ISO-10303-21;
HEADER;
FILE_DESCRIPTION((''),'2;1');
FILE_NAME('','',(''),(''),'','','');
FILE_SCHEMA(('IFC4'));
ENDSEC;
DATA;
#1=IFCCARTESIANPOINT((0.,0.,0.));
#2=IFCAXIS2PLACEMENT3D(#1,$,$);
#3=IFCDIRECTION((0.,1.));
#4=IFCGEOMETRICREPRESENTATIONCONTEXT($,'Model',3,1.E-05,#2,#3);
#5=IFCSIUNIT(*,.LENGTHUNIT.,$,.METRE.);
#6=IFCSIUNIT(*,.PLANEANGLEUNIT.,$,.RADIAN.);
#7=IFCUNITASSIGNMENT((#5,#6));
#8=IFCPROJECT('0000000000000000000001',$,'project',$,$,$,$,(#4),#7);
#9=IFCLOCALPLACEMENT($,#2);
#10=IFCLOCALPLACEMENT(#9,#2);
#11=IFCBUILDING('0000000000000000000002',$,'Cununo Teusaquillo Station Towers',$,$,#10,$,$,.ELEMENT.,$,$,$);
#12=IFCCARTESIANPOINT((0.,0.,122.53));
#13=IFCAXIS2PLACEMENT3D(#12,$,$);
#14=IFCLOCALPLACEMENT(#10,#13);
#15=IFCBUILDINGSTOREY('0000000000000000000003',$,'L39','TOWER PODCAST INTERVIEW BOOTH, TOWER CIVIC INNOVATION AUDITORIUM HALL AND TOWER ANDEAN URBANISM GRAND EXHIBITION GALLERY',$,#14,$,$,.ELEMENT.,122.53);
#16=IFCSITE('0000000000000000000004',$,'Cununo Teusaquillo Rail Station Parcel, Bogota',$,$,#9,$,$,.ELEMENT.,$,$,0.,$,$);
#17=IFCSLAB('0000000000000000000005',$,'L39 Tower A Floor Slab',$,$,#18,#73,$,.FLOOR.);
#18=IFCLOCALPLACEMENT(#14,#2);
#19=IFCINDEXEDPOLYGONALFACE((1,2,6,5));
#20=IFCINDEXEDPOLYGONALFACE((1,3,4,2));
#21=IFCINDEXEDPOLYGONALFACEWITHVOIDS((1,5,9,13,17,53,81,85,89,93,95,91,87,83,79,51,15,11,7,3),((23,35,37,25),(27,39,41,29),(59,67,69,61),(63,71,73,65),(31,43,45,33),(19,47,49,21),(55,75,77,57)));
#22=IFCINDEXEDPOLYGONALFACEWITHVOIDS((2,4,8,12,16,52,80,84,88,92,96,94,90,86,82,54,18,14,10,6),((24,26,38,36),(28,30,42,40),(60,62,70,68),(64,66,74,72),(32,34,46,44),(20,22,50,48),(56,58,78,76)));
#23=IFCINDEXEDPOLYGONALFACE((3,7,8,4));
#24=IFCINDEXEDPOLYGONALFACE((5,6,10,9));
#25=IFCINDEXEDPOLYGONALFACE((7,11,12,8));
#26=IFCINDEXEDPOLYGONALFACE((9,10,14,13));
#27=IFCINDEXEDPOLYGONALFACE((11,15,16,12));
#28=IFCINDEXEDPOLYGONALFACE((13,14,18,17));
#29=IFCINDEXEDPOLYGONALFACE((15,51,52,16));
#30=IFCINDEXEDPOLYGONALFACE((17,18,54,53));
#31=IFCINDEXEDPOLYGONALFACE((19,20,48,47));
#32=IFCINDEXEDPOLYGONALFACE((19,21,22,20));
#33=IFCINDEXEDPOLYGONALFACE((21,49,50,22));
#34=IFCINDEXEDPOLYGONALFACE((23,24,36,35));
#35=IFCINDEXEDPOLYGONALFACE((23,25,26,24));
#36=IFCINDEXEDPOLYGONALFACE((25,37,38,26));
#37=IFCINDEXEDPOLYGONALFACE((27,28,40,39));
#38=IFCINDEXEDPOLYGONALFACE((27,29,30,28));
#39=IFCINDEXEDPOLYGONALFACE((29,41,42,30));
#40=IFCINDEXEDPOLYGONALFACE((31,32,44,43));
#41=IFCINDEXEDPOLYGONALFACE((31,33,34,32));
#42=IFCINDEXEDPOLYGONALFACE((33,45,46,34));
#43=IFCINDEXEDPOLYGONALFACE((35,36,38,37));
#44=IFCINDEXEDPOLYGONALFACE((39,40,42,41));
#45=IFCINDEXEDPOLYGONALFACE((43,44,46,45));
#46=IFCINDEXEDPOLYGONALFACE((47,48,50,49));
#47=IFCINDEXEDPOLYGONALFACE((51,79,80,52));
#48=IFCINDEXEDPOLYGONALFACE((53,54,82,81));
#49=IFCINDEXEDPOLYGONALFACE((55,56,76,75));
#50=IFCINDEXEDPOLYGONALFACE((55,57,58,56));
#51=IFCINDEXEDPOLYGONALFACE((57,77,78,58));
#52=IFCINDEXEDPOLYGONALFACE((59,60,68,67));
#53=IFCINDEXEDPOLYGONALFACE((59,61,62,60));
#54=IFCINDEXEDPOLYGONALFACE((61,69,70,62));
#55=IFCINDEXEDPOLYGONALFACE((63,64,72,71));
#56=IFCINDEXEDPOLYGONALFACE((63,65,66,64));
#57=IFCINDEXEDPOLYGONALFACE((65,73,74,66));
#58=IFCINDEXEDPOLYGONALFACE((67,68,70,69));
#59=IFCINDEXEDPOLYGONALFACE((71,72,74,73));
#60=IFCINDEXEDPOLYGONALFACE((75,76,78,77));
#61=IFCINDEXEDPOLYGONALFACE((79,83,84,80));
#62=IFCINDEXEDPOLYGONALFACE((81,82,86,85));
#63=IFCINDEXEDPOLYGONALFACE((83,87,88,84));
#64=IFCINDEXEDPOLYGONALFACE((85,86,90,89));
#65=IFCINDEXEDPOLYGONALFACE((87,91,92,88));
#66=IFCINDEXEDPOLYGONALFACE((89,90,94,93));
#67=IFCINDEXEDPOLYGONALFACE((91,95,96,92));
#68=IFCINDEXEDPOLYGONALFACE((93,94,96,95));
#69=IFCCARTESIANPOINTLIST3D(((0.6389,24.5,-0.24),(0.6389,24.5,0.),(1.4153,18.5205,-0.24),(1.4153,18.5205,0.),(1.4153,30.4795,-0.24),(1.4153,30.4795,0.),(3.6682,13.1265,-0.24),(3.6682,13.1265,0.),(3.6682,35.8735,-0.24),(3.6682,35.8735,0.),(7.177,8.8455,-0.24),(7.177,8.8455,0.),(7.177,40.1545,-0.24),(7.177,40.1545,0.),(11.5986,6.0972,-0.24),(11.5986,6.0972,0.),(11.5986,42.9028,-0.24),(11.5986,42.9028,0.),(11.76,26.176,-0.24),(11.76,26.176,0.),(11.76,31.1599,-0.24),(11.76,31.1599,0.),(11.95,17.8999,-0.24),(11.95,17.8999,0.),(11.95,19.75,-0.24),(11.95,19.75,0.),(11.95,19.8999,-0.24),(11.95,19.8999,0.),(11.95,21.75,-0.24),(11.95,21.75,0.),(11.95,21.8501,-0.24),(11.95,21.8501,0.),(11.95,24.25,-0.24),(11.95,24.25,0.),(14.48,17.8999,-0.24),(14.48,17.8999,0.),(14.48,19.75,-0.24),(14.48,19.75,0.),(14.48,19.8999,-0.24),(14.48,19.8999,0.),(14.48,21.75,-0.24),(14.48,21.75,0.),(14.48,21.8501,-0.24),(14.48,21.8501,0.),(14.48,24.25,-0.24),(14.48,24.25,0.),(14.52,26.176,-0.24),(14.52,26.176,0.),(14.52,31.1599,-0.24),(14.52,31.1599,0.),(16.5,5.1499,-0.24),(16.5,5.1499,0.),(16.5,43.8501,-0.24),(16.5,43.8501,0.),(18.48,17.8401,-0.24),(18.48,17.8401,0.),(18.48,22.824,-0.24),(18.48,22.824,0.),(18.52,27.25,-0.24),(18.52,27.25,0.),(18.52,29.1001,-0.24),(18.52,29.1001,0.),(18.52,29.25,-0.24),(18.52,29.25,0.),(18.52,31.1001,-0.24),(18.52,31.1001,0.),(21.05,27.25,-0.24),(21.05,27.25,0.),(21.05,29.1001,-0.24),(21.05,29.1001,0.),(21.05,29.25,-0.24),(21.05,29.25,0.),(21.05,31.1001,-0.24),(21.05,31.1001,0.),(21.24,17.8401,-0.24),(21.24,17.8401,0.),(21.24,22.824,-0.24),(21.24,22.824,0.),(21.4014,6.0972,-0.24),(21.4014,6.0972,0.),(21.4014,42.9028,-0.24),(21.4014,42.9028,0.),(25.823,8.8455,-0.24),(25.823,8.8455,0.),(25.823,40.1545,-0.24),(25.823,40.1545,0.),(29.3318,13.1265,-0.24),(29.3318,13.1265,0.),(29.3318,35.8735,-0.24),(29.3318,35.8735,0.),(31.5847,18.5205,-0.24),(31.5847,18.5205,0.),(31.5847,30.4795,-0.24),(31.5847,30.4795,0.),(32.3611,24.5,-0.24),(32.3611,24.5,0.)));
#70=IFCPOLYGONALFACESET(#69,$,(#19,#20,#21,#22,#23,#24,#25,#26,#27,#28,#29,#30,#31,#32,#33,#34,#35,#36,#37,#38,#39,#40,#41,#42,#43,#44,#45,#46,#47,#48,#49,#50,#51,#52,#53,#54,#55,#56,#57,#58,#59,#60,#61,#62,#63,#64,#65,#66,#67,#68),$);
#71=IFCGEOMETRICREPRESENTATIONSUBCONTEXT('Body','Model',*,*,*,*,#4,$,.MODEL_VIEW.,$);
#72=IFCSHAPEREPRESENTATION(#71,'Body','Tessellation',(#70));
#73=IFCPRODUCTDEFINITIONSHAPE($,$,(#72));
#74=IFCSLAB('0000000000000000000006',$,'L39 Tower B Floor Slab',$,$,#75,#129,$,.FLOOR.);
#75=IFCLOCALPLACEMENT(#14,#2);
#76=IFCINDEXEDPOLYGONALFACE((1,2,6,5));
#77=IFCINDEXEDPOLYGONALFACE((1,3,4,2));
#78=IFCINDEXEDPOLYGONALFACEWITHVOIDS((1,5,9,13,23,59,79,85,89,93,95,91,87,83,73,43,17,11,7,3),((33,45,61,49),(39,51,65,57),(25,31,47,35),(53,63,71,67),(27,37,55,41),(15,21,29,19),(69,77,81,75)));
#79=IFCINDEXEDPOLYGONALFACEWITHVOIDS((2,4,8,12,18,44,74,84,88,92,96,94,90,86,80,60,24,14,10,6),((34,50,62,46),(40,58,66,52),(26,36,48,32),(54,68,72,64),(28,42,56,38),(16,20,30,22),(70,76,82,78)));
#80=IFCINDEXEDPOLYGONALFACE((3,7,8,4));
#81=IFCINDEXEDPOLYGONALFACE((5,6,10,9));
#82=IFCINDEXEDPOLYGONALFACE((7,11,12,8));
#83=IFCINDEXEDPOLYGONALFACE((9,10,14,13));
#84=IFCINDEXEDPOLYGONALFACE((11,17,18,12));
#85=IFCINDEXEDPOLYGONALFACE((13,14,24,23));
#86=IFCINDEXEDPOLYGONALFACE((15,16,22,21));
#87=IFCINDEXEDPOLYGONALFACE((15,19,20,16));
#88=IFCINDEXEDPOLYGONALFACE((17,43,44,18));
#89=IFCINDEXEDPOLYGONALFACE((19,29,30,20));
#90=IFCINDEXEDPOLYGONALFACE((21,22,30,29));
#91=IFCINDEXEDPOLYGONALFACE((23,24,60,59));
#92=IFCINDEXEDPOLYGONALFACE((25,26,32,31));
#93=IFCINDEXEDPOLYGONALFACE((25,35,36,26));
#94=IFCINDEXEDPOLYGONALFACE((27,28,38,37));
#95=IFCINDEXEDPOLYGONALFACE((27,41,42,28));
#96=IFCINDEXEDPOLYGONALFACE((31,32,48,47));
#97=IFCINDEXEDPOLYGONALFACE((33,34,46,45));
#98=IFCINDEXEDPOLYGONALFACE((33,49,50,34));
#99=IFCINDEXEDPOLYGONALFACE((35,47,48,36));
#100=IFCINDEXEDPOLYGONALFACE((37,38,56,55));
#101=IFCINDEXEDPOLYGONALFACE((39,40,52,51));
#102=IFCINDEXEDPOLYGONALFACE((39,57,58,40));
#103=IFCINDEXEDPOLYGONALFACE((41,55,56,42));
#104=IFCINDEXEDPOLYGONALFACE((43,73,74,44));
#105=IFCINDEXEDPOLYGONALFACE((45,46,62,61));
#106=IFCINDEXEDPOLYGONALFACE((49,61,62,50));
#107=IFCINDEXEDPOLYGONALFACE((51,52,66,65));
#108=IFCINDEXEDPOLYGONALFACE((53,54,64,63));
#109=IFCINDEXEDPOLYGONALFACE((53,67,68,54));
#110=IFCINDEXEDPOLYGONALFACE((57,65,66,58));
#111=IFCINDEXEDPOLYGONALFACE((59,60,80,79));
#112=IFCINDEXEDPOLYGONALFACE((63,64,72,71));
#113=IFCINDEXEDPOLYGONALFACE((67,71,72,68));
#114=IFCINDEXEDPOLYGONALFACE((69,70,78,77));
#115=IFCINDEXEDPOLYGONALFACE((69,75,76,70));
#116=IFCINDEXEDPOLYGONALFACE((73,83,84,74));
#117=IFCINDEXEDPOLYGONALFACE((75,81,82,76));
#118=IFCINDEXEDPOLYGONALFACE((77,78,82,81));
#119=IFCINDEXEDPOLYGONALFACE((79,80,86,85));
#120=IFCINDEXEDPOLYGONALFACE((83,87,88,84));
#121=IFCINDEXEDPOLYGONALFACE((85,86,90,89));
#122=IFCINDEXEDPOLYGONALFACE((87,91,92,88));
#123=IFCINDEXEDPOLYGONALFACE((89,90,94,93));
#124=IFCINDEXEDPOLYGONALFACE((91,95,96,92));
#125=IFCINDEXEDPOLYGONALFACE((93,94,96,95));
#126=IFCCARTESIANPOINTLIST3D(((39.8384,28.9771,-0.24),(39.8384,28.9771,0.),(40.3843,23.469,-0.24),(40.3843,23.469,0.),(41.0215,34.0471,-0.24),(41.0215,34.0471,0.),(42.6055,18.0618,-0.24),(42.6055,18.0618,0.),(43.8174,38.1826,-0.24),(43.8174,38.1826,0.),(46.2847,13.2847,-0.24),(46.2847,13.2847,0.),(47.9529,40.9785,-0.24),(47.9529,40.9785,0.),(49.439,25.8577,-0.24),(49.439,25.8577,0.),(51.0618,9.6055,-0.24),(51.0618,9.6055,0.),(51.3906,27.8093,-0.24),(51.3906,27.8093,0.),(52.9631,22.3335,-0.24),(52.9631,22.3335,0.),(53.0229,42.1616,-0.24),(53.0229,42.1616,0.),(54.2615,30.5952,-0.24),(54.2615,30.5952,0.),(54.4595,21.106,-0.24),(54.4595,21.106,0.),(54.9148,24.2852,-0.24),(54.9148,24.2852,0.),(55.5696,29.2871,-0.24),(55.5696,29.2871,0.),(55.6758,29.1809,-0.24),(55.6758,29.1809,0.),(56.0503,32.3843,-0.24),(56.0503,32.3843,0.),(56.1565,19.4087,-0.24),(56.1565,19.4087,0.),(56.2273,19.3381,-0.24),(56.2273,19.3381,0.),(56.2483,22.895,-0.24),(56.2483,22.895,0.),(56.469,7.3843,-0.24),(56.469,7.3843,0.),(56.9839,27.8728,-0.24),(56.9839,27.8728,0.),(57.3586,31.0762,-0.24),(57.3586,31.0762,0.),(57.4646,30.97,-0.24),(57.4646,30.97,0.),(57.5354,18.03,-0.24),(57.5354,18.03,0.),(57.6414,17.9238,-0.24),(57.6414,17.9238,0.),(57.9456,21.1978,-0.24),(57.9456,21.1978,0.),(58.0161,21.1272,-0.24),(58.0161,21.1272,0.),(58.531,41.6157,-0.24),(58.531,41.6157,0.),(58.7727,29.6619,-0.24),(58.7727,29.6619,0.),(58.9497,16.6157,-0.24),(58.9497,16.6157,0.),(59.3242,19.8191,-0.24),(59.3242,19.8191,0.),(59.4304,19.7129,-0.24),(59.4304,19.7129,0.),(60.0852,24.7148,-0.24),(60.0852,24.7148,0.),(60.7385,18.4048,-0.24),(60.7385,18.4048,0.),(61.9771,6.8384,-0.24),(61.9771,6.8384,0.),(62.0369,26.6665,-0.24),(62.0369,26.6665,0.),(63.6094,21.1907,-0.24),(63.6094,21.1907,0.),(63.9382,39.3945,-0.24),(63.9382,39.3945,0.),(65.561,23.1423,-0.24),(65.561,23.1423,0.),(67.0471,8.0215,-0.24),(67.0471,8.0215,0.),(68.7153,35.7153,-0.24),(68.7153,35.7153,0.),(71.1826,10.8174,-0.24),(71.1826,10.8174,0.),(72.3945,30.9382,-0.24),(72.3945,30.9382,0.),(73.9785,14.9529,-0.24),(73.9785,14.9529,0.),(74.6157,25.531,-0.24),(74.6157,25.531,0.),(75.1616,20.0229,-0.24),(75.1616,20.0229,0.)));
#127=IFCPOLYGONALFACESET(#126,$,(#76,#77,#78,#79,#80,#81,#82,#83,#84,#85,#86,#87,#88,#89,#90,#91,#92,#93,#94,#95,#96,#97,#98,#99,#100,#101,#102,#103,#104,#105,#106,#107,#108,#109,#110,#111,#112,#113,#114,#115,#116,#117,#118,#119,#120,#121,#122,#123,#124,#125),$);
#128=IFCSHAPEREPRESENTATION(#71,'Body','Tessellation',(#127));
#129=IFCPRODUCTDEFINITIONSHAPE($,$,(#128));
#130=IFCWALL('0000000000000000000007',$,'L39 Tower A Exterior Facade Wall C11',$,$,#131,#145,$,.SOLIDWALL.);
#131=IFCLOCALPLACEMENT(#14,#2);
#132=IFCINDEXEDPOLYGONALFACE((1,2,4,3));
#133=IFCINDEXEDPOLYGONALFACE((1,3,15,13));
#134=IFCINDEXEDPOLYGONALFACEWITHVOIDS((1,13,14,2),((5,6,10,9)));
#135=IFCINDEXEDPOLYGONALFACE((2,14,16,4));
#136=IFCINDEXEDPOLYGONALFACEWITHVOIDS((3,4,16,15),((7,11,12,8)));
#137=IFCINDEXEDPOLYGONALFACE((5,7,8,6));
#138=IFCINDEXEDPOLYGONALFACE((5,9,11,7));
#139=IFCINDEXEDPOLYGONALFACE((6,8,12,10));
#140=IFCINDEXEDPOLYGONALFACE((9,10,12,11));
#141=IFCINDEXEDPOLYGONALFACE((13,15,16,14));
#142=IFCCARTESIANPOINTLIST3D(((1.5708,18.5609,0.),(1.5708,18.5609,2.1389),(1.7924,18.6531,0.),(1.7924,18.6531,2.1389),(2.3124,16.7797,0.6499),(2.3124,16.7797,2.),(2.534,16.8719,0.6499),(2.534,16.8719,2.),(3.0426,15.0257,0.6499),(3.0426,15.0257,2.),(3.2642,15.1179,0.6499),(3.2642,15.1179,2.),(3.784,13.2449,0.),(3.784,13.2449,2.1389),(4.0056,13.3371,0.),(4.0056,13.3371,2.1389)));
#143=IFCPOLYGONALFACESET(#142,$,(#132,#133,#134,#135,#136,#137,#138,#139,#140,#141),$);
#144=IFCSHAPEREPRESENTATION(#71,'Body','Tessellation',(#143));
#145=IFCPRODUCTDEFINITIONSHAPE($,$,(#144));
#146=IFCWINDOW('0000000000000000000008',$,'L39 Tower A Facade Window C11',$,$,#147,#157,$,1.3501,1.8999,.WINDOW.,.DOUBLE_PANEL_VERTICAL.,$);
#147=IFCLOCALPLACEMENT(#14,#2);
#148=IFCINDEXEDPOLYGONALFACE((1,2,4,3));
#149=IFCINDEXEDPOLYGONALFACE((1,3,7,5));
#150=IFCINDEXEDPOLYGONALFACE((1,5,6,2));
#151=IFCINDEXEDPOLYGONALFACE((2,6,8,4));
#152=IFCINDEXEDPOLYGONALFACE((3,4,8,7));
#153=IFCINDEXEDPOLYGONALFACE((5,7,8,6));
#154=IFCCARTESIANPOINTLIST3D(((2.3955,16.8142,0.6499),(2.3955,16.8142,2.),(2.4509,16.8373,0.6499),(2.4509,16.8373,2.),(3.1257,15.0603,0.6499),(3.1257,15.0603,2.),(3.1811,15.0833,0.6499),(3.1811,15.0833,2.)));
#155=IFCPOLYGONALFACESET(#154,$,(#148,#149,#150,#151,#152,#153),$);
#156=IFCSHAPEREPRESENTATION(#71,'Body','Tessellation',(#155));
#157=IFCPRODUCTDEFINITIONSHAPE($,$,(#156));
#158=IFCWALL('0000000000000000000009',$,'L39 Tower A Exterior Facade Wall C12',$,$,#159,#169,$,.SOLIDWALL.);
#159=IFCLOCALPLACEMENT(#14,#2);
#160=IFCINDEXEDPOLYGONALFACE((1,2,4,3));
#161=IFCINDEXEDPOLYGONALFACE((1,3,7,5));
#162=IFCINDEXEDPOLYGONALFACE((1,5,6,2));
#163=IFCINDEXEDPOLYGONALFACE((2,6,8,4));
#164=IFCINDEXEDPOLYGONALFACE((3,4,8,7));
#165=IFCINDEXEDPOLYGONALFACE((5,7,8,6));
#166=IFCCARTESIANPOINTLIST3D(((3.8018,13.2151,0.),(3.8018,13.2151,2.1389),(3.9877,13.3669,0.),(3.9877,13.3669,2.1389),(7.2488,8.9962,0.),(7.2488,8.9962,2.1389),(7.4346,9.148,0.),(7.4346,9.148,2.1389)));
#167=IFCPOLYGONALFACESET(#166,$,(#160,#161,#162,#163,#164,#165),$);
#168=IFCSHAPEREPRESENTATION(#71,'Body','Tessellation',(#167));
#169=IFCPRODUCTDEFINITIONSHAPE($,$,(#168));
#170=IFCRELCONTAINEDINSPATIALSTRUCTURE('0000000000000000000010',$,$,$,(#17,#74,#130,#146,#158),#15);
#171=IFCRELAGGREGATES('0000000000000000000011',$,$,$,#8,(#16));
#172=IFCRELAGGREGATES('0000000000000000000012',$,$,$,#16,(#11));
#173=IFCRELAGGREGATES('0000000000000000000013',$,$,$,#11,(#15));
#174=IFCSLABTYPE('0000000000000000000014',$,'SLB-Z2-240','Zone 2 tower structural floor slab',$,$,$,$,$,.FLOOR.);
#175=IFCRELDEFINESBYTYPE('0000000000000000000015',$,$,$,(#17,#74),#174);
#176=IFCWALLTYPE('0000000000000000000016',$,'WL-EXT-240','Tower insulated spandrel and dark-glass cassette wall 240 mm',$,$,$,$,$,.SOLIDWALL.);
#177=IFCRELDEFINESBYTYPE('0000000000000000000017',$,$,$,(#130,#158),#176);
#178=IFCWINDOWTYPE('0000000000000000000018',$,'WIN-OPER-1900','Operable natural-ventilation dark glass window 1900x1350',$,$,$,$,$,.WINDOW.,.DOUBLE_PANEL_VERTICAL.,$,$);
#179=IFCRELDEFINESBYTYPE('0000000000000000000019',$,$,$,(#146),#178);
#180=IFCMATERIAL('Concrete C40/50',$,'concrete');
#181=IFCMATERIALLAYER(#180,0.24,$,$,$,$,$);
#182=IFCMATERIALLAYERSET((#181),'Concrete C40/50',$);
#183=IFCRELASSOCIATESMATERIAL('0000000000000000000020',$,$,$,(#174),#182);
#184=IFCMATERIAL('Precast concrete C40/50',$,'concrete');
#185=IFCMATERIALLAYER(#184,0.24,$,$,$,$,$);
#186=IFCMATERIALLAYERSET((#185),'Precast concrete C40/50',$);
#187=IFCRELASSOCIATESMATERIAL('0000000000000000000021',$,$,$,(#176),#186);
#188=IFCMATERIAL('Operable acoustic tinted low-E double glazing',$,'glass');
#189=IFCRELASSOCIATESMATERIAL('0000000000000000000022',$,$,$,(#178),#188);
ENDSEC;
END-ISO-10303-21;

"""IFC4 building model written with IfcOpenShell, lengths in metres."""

from ifc_helpers import new_model, si_unit, direction, frame, frame_2d, origin, place, context, subcontext, project, spatial, polyline, rectangle, outline, extrude, source, transform, mapped, material, layer, layer_set, type_object, element, fill, save


model = new_model("IFC4")

# Units and contexts
model_context = context("Model", 3, precision=1e-05, world=origin(), true_north=direction((0.0, 1.0)))
body_context = subcontext(model_context, "Body", "Model", "MODEL_VIEW")
ifc_project = project(units=[si_unit("LENGTHUNIT", "METRE"), si_unit("PLANEANGLEUNIT", "RADIAN")], contexts=[model_context])

# Site, building, storey
site_placement = place(None, origin())
site = spatial("IfcSite", under=ifc_project, at=site_placement, Name="Cununo Teusaquillo Rail Station Parcel, Bogota", CompositionType="ELEMENT", RefElevation=0.0)
building_placement = place(site_placement, origin())
building = spatial("IfcBuilding", under=site, at=building_placement, Name="Cununo Teusaquillo Station Towers", CompositionType="ELEMENT")
storey_placement = place(building_placement, frame((0.0, 0.0, 122.53)))
storey = spatial("IfcBuildingStorey", under=building, at=storey_placement, Name="L39", Description="TOWER PODCAST INTERVIEW BOOTH, TOWER CIVIC INNOVATION AUDITORIUM HALL AND TOWER ANDEAN URBANISM GRAND EXHIBITION GALLERY", CompositionType="ELEMENT", Elevation=122.53)

# Slabs
ifc_material_1 = material(Name="Concrete C40/50", Category="concrete")
ifc_layer_1 = layer(ifc_material_1, 0.24)
ifc_layer_set_1 = layer_set([ifc_layer_1], Name="Concrete C40/50")
slab_type_1 = type_object("IfcSlabType", Name="SLB-Z2-240", Description="Zone 2 tower structural floor slab", PredefinedType="FLOOR", material=ifc_layer_set_1)
slab_1_placement = place(storey_placement, frame((0.0, 0.0, -0.24)))
element("IfcSlab", 1, at=slab_1_placement, inside=storey, type_object=slab_type_1, Name="L39 Tower A Floor Slab", PredefinedType="FLOOR", context=body_context, shape_type="SweptSolid", body=[
    extrude(outline(polyline([(32.3611, 24.5), (31.5847, 30.4795), (29.3318, 35.8735), (25.823, 40.1545), (21.4014, 42.9028), (16.5, 43.8501), (11.5986, 42.9028), (7.177, 40.1545), (3.6682, 35.8735), (1.4153, 30.4795), (0.6389, 24.5), (1.4153, 18.5205), (3.6682, 13.1265), (7.177, 8.8455), (11.5986, 6.0972), (16.5, 5.1499), (21.4014, 6.0972), (25.823, 8.8455), (29.3318, 13.1265), (31.5847, 18.5205), (32.3611, 24.5)]), holes=[polyline([(14.52, 26.176), (14.52, 31.1599), (11.76, 31.1599), (11.76, 26.176), (14.52, 26.176)]), polyline([(18.48, 22.824), (18.48, 17.8401), (21.24, 17.8401), (21.24, 22.824), (18.48, 22.824)]), polyline([(11.95, 21.8501), (14.48, 21.8501), (14.48, 24.25), (11.95, 24.25), (11.95, 21.8501)]), polyline([(11.95, 17.8999), (14.48, 17.8999), (14.48, 19.75), (11.95, 19.75), (11.95, 17.8999)]), polyline([(11.95, 19.8999), (14.48, 19.8999), (14.48, 21.75), (11.95, 21.75), (11.95, 19.8999)]), polyline([(18.52, 27.25), (21.05, 27.25), (21.05, 29.1001), (18.52, 29.1001), (18.52, 27.25)]), polyline([(18.52, 29.25), (21.05, 29.25), (21.05, 31.1001), (18.52, 31.1001), (18.52, 29.25)])]), origin(), (0.0, 0.0, 1.0), 0.24),
])
slab_2_placement = place(storey_placement, frame((0.0, 0.0, -0.24)))
element("IfcSlab", 2, at=slab_2_placement, inside=storey, type_object=slab_type_1, Name="L39 Tower B Floor Slab", PredefinedType="FLOOR", context=body_context, shape_type="SweptSolid", body=[
    extrude(outline(polyline([(68.7153, 35.7153), (63.9382, 39.3945), (58.531, 41.6157), (53.0229, 42.1616), (47.9529, 40.9785), (43.8174, 38.1826), (41.0215, 34.0471), (39.8384, 28.9771), (40.3843, 23.469), (42.6055, 18.0618), (46.2847, 13.2847), (51.0618, 9.6055), (56.469, 7.3843), (61.9771, 6.8384), (67.0471, 8.0215), (71.1826, 10.8174), (73.9785, 14.9529), (75.1616, 20.0229), (74.6157, 25.531), (72.3945, 30.9382), (68.7153, 35.7153)]), holes=[polyline([(54.9148, 24.2852), (51.3906, 27.8093), (49.439, 25.8577), (52.9631, 22.3335), (54.9148, 24.2852)]), polyline([(60.0852, 24.7148), (63.6094, 21.1907), (65.561, 23.1423), (62.0369, 26.6665), (60.0852, 24.7148)]), polyline([(56.1565, 19.4087), (57.9456, 21.1978), (56.2483, 22.895), (54.4595, 21.106), (56.1565, 19.4087)]), polyline([(58.9497, 16.6157), (60.7385, 18.4048), (59.4304, 19.7129), (57.6414, 17.9238), (58.9497, 16.6157)]), polyline([(57.5354, 18.03), (59.3242, 19.8191), (58.0161, 21.1272), (56.2273, 19.3381), (57.5354, 18.03)]), polyline([(56.9839, 27.8728), (58.7727, 29.6619), (57.4646, 30.97), (55.6758, 29.1809), (56.9839, 27.8728)]), polyline([(55.5696, 29.2871), (57.3586, 31.0762), (56.0503, 32.3843), (54.2615, 30.5952), (55.5696, 29.2871)])]), origin(), (0.0, 0.0, 1.0), 0.24),
])

# Wall, opening, window
ifc_material_2 = material(Name="Precast concrete C40/50", Category="concrete")
ifc_layer_2 = layer(ifc_material_2, 0.24)
ifc_layer_set_2 = layer_set([ifc_layer_2], Name="Precast concrete C40/50")
wall_type_1 = type_object("IfcWallType", Name="WL-EXT-240", Description="Tower insulated spandrel and dark-glass cassette wall 240 mm", PredefinedType="SOLIDWALL", material=ifc_layer_set_2)
wall_1_placement = place(storey_placement, frame((3.8948, 13.291, 0.0), z_axis=(0.0, 0.0, 1.0), x_axis=(-0.384344, 0.92319, 0.0)))
wall_1 = element("IfcWall", 3, at=wall_1_placement, inside=storey, type_object=wall_type_1, Name="L39 Tower A Exterior Facade Wall C11", PredefinedType="SOLIDWALL", context=body_context, shape_type="SweptSolid", body=[
    extrude(rectangle(XDim=5.7583, YDim=0.24, at=frame_2d((2.8792, 0.0))), origin(), (0.0, 0.0, 1.0), 2.1389),
])
shared_shape_1 = source(origin(), body_context, "Body", "SweptSolid", [
    extrude(rectangle(XDim=1.8999, YDim=1.3501, at=frame_2d((0.95, 0.675))), frame((0.0, 0.1299, 0.0), z_axis=(0.0, -1.0, 0.0), x_axis=(1.0, 0.0, 0.0)), (0.0, 0.0, 1.0), 0.26),
])
opening_1_placement = place(wall_1_placement, frame((1.929, 0.0, 0.6499)))
opening_1 = element("IfcOpeningElement", 4, at=opening_1_placement, cuts=wall_1, PredefinedType="OPENING", context=body_context, shape_type="MappedRepresentation", body=[
    mapped(shared_shape_1, transform((0.0, 0.0, 0.0), x_axis=(1.0, 0.0, 0.0), y_axis=(0.0, 1.0, 0.0), z_axis=(0.0, 0.0, 1.0), scale=1.0)),
])
ifc_material_3 = material(Name="Operable acoustic tinted low-E double glazing", Category="glass")
window_type = type_object("IfcWindowType", Name="WIN-OPER-1900", Description="Operable natural-ventilation dark glass window 1900x1350", PartitioningType="DOUBLE_PANEL_VERTICAL", PredefinedType="WINDOW", material=ifc_material_3)
shared_shape_2 = source(origin(), body_context, "Body", "SweptSolid", [
    extrude(rectangle(XDim=1.8999, YDim=1.3501, at=frame_2d((0.95, 0.675))), frame((0.0, 0.03, 0.0), z_axis=(0.0, -1.0, 0.0), x_axis=(1.0, 0.0, 0.0)), (0.0, 0.0, 1.0), 0.0601),
])
window_1_placement = place(opening_1_placement, origin())
window_1 = element("IfcWindow", 5, at=window_1_placement, inside=storey, type_object=window_type, Name="L39 Tower A Facade Window C11", OverallHeight=1.3501, OverallWidth=1.8999, PartitioningType="DOUBLE_PANEL_VERTICAL", PredefinedType="WINDOW", context=body_context, shape_type="MappedRepresentation", body=[
    mapped(shared_shape_2, transform((0.0, 0.0, 0.0), x_axis=(1.0, 0.0, 0.0), y_axis=(0.0, 1.0, 0.0), z_axis=(0.0, 0.0, 1.0), scale=1.0)),
])
fill(opening_1, window_1)

# Wall
wall_2_placement = place(storey_placement, frame((7.3418, 9.072, 0.0), z_axis=(0.0, 0.0, 1.0), x_axis=(-0.632701, 0.774396, 0.0)))
element("IfcWall", 6, at=wall_2_placement, inside=storey, type_object=wall_type_1, Name="L39 Tower A Exterior Facade Wall C12", PredefinedType="SOLIDWALL", context=body_context, shape_type="SweptSolid", body=[
    extrude(rectangle(XDim=5.448, YDim=0.24, at=frame_2d((2.7241, 0.0))), origin(), (0.0, 0.0, 1.0), 2.1389),
])

save(model, "model.ifc")
